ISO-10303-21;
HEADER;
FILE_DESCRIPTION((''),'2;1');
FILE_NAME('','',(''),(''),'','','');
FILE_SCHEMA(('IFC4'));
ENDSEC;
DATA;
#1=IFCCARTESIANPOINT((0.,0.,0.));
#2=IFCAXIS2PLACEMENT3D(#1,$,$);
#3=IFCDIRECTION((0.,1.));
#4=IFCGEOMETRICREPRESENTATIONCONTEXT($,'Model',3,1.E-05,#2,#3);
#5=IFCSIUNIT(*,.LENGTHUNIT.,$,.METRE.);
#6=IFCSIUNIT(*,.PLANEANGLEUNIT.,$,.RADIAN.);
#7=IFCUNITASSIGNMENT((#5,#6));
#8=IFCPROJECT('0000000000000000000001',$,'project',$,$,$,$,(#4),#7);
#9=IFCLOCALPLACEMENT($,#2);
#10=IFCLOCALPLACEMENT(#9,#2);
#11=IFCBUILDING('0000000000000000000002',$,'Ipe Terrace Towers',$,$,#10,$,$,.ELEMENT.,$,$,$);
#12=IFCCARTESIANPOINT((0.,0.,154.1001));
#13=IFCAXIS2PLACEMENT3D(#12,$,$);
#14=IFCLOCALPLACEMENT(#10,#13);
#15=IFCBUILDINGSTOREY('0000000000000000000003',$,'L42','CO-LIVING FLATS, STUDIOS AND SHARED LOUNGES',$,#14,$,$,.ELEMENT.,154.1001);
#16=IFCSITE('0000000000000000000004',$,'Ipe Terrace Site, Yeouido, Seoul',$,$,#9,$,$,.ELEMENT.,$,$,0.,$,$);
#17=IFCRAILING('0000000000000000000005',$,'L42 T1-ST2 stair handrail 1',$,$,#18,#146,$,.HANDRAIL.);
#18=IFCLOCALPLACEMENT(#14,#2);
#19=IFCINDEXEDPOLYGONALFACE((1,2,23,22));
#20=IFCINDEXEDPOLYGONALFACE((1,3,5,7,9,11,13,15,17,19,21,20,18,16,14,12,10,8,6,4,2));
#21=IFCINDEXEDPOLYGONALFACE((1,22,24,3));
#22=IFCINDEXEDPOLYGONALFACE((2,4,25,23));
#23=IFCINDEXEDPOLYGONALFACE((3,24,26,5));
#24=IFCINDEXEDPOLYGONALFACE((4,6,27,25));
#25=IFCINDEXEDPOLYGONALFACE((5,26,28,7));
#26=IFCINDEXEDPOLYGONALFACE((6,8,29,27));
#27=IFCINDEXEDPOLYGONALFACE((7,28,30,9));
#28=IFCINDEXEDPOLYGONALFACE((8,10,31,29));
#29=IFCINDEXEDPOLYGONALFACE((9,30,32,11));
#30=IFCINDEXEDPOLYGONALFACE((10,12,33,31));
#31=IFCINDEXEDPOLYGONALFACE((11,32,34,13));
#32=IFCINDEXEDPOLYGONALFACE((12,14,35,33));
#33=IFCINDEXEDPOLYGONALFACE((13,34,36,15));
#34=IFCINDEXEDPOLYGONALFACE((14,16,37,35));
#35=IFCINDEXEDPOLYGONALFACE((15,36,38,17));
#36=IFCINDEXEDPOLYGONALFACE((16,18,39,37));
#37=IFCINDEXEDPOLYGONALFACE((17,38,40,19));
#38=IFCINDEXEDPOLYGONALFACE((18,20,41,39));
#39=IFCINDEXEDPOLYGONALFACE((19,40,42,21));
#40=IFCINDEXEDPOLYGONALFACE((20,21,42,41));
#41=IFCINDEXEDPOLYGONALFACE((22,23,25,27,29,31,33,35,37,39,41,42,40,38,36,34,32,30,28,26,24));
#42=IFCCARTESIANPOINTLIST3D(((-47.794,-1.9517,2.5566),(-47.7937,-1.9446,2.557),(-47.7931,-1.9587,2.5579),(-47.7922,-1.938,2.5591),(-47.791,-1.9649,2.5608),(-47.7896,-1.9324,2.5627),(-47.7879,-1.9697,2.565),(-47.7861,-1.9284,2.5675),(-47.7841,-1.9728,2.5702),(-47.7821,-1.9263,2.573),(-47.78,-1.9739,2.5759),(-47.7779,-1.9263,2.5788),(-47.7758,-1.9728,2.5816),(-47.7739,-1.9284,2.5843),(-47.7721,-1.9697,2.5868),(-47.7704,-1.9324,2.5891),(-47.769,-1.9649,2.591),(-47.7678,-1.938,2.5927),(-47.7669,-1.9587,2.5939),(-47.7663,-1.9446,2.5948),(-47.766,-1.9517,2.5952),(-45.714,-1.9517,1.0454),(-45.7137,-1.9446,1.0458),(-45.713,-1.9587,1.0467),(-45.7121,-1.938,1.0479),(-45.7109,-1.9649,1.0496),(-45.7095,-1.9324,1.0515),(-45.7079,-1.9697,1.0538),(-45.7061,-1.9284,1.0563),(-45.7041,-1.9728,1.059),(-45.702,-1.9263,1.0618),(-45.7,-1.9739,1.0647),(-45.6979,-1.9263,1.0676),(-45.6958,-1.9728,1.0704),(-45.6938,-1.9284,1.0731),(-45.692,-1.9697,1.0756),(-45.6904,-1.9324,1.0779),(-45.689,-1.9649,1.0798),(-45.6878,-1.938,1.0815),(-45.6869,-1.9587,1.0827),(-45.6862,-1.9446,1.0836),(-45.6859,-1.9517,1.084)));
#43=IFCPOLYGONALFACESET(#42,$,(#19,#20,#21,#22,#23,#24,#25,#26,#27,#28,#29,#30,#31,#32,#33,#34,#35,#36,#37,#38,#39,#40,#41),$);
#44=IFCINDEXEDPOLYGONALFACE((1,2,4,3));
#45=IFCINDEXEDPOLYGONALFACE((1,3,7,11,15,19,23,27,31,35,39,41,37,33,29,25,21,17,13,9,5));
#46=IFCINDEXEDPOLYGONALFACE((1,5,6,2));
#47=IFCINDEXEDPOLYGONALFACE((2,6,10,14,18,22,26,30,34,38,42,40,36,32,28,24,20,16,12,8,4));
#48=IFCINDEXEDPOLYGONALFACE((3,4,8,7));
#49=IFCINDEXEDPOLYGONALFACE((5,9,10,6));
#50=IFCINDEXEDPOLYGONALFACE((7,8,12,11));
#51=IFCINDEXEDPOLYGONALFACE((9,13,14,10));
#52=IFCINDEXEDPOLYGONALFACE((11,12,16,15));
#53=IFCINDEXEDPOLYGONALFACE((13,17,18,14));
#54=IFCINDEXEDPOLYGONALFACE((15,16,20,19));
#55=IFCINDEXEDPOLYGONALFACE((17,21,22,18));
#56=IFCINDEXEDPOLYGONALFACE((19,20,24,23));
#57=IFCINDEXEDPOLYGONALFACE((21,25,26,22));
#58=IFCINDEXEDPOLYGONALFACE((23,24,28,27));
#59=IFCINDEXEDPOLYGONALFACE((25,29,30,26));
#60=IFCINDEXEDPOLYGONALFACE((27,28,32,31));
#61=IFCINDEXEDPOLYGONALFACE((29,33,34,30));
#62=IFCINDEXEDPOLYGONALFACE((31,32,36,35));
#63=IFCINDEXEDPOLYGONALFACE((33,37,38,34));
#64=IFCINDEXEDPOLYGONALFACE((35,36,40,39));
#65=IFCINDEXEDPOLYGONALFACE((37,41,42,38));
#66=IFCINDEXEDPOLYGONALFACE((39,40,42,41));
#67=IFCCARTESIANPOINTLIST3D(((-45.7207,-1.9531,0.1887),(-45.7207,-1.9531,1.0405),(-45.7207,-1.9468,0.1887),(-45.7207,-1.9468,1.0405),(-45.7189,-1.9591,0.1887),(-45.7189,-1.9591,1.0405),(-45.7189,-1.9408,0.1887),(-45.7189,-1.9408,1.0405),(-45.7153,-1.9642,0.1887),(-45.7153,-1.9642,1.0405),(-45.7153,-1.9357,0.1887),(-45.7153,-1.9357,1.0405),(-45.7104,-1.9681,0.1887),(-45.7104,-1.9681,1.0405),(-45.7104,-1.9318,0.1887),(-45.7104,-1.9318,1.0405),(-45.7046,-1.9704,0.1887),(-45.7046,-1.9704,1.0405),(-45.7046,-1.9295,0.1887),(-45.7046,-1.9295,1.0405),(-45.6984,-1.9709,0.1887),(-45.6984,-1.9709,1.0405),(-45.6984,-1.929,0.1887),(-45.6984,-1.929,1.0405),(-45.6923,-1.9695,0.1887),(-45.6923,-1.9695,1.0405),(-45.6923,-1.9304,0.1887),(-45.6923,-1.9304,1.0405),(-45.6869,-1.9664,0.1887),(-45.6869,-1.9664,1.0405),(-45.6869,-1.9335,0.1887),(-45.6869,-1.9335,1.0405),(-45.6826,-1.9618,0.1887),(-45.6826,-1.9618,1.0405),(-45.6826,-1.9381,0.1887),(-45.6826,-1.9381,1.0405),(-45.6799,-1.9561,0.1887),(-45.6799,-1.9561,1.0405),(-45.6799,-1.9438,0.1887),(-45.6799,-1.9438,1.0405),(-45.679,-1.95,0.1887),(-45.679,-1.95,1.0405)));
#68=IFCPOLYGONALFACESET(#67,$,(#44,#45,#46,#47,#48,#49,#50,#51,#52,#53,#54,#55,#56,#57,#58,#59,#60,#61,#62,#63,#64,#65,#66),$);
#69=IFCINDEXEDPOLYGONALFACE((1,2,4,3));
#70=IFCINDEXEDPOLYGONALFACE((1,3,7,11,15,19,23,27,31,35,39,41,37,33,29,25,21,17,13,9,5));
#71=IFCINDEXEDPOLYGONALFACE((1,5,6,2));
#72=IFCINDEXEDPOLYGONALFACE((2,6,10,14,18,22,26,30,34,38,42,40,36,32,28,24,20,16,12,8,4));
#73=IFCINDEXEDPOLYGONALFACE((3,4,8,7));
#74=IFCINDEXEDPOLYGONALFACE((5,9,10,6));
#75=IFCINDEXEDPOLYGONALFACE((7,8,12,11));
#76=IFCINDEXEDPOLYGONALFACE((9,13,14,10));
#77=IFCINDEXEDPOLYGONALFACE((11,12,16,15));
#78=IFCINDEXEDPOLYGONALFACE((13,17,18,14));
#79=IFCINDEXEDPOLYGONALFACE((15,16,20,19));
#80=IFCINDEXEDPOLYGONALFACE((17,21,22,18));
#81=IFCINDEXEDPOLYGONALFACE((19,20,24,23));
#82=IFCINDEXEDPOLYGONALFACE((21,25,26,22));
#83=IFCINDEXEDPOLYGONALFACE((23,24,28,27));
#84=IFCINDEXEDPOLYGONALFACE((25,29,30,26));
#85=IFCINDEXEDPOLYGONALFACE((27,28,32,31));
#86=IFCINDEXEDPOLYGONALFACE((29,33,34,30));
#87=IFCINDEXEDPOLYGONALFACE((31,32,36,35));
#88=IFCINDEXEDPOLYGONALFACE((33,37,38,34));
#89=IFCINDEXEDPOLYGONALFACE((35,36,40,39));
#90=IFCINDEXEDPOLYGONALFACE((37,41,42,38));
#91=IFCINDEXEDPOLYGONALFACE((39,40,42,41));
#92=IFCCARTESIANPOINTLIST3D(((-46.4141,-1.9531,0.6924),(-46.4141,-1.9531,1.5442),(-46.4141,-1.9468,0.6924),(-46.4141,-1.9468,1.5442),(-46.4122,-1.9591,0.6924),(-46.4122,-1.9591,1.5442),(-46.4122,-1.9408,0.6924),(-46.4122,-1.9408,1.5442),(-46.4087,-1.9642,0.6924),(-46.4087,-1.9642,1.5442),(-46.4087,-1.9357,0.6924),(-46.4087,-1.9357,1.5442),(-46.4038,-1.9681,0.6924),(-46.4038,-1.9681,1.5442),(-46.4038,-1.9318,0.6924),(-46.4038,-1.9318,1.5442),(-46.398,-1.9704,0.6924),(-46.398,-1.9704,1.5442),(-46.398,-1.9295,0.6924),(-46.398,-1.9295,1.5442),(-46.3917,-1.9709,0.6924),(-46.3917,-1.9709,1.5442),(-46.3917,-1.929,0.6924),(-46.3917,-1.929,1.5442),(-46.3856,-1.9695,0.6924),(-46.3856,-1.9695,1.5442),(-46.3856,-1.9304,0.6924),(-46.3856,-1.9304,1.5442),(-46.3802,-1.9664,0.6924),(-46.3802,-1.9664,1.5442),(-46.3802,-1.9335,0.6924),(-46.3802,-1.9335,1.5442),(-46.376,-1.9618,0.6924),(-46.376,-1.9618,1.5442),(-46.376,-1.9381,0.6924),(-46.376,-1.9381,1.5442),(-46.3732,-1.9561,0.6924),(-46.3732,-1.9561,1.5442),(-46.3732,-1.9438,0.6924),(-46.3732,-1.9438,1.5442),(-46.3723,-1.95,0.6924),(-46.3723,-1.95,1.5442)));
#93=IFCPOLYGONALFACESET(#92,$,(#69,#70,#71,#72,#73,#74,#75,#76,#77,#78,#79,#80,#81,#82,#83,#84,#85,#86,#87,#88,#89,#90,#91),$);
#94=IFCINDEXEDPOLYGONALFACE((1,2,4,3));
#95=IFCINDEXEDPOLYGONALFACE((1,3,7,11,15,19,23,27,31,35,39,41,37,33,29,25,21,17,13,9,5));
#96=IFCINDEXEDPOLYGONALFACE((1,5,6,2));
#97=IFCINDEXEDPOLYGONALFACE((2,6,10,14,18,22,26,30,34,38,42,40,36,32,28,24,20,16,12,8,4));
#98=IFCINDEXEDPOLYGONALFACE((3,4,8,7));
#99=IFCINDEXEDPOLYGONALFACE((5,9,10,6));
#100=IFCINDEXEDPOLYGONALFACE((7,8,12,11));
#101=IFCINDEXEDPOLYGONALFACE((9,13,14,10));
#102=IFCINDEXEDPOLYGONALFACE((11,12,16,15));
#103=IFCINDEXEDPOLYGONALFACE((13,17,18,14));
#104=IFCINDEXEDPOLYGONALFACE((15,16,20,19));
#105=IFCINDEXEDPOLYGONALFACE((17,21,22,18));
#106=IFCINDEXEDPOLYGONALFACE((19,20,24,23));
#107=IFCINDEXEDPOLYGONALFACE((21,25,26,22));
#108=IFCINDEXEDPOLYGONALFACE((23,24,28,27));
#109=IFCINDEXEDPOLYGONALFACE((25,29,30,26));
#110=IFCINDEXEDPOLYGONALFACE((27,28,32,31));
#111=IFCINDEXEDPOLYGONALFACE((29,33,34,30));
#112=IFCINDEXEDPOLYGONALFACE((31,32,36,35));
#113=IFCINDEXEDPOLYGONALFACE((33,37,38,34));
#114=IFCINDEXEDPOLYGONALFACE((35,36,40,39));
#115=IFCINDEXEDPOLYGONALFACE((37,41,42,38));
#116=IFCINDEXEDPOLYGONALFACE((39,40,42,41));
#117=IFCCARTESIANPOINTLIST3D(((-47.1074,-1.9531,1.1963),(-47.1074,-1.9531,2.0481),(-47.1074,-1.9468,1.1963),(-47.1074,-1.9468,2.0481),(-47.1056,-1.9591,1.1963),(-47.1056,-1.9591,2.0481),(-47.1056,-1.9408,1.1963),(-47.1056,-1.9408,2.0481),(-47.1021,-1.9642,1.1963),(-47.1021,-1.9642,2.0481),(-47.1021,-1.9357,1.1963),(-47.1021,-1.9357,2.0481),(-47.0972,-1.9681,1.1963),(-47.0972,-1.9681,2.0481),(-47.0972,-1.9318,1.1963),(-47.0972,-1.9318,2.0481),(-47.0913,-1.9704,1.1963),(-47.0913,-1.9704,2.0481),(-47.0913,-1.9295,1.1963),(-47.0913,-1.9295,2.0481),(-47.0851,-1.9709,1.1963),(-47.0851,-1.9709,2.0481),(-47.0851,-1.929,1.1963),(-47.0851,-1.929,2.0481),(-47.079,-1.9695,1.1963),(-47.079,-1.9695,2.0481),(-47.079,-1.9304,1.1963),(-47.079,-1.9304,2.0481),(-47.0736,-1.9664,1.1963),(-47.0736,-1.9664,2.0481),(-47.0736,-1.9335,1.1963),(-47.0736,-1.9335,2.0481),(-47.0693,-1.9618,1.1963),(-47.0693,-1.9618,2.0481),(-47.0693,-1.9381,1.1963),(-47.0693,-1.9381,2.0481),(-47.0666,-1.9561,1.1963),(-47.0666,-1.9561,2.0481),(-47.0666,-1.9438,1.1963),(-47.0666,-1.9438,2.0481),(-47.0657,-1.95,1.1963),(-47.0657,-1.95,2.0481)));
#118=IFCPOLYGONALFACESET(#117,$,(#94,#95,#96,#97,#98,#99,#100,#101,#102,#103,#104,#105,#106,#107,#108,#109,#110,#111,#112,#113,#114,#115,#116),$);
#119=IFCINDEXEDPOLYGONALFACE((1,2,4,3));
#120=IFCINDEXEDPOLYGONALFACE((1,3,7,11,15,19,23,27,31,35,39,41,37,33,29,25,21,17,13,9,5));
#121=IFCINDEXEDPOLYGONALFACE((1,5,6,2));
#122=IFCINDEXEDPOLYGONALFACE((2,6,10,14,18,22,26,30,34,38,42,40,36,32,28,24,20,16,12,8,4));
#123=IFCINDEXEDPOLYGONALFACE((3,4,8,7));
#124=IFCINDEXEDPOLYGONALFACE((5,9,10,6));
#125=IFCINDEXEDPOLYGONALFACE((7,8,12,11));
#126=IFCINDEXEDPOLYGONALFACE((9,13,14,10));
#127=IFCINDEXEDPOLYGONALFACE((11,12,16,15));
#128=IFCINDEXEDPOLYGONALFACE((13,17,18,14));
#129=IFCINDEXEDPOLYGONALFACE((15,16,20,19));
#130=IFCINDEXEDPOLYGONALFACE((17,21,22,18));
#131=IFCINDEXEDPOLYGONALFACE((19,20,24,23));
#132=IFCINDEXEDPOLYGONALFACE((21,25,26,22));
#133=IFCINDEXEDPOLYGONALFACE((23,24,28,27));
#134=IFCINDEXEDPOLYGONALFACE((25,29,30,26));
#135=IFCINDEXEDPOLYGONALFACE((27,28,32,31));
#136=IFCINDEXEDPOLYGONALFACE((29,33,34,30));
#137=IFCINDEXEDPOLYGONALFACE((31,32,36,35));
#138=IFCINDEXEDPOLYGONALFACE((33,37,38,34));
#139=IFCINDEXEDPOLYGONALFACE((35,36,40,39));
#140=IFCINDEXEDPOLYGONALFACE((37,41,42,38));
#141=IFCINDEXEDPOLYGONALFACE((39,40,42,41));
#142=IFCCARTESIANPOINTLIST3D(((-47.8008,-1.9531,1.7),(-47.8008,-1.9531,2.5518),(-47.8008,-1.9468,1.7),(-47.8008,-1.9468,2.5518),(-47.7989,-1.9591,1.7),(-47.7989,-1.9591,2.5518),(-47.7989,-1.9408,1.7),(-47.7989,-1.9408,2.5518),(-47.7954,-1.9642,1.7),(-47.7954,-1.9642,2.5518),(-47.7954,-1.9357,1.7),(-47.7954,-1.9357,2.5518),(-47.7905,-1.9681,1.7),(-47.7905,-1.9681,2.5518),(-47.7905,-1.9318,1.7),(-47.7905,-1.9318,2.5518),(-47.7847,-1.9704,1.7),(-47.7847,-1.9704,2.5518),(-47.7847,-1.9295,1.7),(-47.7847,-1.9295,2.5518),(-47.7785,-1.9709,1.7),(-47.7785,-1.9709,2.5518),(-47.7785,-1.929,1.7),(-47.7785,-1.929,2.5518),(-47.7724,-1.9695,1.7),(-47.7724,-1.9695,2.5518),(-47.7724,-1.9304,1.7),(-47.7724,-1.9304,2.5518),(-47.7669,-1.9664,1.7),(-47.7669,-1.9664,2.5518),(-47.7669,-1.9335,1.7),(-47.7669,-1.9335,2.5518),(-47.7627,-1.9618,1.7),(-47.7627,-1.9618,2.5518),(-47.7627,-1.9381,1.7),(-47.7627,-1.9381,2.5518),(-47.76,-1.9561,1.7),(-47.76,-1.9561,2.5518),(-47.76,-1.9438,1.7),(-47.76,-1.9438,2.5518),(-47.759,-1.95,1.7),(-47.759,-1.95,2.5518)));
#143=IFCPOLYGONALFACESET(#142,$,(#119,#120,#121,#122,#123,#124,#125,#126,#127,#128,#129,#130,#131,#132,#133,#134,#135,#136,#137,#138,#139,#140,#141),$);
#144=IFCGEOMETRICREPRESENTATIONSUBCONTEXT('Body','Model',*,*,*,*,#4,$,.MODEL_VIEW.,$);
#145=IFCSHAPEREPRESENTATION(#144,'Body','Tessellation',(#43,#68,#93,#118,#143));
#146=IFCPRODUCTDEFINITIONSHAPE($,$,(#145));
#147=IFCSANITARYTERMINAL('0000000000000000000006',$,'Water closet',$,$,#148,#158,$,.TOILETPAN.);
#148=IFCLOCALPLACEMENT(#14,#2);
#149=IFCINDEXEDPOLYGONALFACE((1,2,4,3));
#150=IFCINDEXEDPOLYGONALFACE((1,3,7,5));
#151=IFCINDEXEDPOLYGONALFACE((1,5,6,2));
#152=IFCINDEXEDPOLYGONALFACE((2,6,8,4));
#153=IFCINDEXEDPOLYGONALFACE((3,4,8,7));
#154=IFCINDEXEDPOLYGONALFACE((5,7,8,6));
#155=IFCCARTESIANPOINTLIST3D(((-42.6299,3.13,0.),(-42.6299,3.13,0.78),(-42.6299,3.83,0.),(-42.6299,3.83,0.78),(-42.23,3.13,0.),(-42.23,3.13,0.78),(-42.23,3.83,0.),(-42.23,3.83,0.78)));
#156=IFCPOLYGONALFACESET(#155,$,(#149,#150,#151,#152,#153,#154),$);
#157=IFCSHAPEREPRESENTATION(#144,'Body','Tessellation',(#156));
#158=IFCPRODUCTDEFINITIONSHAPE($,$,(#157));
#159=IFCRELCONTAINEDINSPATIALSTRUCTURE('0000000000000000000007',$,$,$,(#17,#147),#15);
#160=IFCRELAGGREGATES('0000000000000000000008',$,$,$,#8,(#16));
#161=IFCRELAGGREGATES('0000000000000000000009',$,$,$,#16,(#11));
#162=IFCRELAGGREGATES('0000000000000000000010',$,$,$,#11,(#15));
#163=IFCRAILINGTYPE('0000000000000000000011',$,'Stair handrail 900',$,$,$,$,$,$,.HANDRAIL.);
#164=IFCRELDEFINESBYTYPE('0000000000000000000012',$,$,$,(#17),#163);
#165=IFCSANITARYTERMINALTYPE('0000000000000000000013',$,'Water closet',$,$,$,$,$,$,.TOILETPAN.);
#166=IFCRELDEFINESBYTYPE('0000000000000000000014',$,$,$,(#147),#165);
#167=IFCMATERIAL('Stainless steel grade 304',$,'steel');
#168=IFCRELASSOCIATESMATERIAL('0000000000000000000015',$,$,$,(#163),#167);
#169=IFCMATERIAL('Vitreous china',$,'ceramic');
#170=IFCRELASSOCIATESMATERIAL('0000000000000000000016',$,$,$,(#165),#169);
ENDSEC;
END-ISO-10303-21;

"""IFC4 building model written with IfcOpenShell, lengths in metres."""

from ifc_helpers import new_model, si_unit, direction, frame, origin, origin_2d, place, context, subcontext, project, spatial, rectangle, circle, extrude, material, type_object, element, save


model = new_model("IFC4")

# Units and contexts
model_context = context("Model", 3, precision=1e-05, world=origin(), true_north=direction((0.0, 1.0)))
body_context = subcontext(model_context, "Body", "Model", "MODEL_VIEW")
ifc_project = project(units=[si_unit("LENGTHUNIT", "METRE"), si_unit("PLANEANGLEUNIT", "RADIAN")], contexts=[model_context])

# Site, building, storey
site_placement = place(None, origin())
site = spatial("IfcSite", under=ifc_project, at=site_placement, Name="Ipe Terrace Site, Yeouido, Seoul", CompositionType="ELEMENT", RefElevation=0.0)
building_placement = place(site_placement, origin())
building = spatial("IfcBuilding", under=site, at=building_placement, Name="Ipe Terrace Towers", CompositionType="ELEMENT")
storey_placement = place(building_placement, frame((0.0, 0.0, 154.1001)))
storey = spatial("IfcBuildingStorey", under=building, at=storey_placement, Name="L42", Description="CO-LIVING FLATS, STUDIOS AND SHARED LOUNGES", CompositionType="ELEMENT", Elevation=154.1001)

# Railing
ifc_material_1 = material(Name="Stainless steel grade 304", Category="steel")
railing_type = type_object("IfcRailingType", Name="Stair handrail 900", PredefinedType="HANDRAIL", material=ifc_material_1)
railing_placement = place(storey_placement, frame((-45.7, -1.95, 0.1887)))
element("IfcRailing", 1, at=railing_placement, inside=storey, type_object=railing_type, Name="L42 T1-ST2 stair handrail 1", PredefinedType="HANDRAIL", context=body_context, shape_type="SweptSolid", body=[
    extrude(circle(Radius=0.0239, at=origin_2d()), frame((0.0, 0.0, 0.876), z_axis=(-0.809023, 0.0, 0.587776), x_axis=(0.0, -1.0, 0.0)), (0.0, 0.0, 1.0), 2.571),
    extrude(circle(Radius=0.021, at=origin_2d()), origin(), (0.0, 0.0, 1.0), 0.8518),
    extrude(circle(Radius=0.021, at=origin_2d()), frame((-0.6934, 0.0, 0.5037)), (0.0, 0.0, 1.0), 0.8518),
    extrude(circle(Radius=0.021, at=origin_2d()), frame((-1.3867, 0.0, 1.0076)), (0.0, 0.0, 1.0), 0.8518),
    extrude(circle(Radius=0.021, at=origin_2d()), frame((-2.0801, 0.0, 1.5112)), (0.0, 0.0, 1.0), 0.8518),
])

# Sanitary terminal
ifc_material_2 = material(Name="Vitreous china", Category="ceramic")
sanitary_terminal_type = type_object("IfcSanitaryTerminalType", Name="Water closet", PredefinedType="TOILETPAN", material=ifc_material_2)
sanitary_terminal_placement = place(storey_placement, frame((-42.4299, 3.48, 0.0), z_axis=(0.0, 0.0, 1.0), x_axis=(0.0, -1.0, 0.0)))
element("IfcSanitaryTerminal", 2, at=sanitary_terminal_placement, inside=storey, type_object=sanitary_terminal_type, Name="Water closet", PredefinedType="TOILETPAN", context=body_context, shape_type="SweptSolid", body=[
    extrude(rectangle(XDim=0.7, YDim=0.3999, at=origin_2d()), origin(), (0.0, 0.0, 1.0), 0.78),
])

save(model, "model.ifc")
